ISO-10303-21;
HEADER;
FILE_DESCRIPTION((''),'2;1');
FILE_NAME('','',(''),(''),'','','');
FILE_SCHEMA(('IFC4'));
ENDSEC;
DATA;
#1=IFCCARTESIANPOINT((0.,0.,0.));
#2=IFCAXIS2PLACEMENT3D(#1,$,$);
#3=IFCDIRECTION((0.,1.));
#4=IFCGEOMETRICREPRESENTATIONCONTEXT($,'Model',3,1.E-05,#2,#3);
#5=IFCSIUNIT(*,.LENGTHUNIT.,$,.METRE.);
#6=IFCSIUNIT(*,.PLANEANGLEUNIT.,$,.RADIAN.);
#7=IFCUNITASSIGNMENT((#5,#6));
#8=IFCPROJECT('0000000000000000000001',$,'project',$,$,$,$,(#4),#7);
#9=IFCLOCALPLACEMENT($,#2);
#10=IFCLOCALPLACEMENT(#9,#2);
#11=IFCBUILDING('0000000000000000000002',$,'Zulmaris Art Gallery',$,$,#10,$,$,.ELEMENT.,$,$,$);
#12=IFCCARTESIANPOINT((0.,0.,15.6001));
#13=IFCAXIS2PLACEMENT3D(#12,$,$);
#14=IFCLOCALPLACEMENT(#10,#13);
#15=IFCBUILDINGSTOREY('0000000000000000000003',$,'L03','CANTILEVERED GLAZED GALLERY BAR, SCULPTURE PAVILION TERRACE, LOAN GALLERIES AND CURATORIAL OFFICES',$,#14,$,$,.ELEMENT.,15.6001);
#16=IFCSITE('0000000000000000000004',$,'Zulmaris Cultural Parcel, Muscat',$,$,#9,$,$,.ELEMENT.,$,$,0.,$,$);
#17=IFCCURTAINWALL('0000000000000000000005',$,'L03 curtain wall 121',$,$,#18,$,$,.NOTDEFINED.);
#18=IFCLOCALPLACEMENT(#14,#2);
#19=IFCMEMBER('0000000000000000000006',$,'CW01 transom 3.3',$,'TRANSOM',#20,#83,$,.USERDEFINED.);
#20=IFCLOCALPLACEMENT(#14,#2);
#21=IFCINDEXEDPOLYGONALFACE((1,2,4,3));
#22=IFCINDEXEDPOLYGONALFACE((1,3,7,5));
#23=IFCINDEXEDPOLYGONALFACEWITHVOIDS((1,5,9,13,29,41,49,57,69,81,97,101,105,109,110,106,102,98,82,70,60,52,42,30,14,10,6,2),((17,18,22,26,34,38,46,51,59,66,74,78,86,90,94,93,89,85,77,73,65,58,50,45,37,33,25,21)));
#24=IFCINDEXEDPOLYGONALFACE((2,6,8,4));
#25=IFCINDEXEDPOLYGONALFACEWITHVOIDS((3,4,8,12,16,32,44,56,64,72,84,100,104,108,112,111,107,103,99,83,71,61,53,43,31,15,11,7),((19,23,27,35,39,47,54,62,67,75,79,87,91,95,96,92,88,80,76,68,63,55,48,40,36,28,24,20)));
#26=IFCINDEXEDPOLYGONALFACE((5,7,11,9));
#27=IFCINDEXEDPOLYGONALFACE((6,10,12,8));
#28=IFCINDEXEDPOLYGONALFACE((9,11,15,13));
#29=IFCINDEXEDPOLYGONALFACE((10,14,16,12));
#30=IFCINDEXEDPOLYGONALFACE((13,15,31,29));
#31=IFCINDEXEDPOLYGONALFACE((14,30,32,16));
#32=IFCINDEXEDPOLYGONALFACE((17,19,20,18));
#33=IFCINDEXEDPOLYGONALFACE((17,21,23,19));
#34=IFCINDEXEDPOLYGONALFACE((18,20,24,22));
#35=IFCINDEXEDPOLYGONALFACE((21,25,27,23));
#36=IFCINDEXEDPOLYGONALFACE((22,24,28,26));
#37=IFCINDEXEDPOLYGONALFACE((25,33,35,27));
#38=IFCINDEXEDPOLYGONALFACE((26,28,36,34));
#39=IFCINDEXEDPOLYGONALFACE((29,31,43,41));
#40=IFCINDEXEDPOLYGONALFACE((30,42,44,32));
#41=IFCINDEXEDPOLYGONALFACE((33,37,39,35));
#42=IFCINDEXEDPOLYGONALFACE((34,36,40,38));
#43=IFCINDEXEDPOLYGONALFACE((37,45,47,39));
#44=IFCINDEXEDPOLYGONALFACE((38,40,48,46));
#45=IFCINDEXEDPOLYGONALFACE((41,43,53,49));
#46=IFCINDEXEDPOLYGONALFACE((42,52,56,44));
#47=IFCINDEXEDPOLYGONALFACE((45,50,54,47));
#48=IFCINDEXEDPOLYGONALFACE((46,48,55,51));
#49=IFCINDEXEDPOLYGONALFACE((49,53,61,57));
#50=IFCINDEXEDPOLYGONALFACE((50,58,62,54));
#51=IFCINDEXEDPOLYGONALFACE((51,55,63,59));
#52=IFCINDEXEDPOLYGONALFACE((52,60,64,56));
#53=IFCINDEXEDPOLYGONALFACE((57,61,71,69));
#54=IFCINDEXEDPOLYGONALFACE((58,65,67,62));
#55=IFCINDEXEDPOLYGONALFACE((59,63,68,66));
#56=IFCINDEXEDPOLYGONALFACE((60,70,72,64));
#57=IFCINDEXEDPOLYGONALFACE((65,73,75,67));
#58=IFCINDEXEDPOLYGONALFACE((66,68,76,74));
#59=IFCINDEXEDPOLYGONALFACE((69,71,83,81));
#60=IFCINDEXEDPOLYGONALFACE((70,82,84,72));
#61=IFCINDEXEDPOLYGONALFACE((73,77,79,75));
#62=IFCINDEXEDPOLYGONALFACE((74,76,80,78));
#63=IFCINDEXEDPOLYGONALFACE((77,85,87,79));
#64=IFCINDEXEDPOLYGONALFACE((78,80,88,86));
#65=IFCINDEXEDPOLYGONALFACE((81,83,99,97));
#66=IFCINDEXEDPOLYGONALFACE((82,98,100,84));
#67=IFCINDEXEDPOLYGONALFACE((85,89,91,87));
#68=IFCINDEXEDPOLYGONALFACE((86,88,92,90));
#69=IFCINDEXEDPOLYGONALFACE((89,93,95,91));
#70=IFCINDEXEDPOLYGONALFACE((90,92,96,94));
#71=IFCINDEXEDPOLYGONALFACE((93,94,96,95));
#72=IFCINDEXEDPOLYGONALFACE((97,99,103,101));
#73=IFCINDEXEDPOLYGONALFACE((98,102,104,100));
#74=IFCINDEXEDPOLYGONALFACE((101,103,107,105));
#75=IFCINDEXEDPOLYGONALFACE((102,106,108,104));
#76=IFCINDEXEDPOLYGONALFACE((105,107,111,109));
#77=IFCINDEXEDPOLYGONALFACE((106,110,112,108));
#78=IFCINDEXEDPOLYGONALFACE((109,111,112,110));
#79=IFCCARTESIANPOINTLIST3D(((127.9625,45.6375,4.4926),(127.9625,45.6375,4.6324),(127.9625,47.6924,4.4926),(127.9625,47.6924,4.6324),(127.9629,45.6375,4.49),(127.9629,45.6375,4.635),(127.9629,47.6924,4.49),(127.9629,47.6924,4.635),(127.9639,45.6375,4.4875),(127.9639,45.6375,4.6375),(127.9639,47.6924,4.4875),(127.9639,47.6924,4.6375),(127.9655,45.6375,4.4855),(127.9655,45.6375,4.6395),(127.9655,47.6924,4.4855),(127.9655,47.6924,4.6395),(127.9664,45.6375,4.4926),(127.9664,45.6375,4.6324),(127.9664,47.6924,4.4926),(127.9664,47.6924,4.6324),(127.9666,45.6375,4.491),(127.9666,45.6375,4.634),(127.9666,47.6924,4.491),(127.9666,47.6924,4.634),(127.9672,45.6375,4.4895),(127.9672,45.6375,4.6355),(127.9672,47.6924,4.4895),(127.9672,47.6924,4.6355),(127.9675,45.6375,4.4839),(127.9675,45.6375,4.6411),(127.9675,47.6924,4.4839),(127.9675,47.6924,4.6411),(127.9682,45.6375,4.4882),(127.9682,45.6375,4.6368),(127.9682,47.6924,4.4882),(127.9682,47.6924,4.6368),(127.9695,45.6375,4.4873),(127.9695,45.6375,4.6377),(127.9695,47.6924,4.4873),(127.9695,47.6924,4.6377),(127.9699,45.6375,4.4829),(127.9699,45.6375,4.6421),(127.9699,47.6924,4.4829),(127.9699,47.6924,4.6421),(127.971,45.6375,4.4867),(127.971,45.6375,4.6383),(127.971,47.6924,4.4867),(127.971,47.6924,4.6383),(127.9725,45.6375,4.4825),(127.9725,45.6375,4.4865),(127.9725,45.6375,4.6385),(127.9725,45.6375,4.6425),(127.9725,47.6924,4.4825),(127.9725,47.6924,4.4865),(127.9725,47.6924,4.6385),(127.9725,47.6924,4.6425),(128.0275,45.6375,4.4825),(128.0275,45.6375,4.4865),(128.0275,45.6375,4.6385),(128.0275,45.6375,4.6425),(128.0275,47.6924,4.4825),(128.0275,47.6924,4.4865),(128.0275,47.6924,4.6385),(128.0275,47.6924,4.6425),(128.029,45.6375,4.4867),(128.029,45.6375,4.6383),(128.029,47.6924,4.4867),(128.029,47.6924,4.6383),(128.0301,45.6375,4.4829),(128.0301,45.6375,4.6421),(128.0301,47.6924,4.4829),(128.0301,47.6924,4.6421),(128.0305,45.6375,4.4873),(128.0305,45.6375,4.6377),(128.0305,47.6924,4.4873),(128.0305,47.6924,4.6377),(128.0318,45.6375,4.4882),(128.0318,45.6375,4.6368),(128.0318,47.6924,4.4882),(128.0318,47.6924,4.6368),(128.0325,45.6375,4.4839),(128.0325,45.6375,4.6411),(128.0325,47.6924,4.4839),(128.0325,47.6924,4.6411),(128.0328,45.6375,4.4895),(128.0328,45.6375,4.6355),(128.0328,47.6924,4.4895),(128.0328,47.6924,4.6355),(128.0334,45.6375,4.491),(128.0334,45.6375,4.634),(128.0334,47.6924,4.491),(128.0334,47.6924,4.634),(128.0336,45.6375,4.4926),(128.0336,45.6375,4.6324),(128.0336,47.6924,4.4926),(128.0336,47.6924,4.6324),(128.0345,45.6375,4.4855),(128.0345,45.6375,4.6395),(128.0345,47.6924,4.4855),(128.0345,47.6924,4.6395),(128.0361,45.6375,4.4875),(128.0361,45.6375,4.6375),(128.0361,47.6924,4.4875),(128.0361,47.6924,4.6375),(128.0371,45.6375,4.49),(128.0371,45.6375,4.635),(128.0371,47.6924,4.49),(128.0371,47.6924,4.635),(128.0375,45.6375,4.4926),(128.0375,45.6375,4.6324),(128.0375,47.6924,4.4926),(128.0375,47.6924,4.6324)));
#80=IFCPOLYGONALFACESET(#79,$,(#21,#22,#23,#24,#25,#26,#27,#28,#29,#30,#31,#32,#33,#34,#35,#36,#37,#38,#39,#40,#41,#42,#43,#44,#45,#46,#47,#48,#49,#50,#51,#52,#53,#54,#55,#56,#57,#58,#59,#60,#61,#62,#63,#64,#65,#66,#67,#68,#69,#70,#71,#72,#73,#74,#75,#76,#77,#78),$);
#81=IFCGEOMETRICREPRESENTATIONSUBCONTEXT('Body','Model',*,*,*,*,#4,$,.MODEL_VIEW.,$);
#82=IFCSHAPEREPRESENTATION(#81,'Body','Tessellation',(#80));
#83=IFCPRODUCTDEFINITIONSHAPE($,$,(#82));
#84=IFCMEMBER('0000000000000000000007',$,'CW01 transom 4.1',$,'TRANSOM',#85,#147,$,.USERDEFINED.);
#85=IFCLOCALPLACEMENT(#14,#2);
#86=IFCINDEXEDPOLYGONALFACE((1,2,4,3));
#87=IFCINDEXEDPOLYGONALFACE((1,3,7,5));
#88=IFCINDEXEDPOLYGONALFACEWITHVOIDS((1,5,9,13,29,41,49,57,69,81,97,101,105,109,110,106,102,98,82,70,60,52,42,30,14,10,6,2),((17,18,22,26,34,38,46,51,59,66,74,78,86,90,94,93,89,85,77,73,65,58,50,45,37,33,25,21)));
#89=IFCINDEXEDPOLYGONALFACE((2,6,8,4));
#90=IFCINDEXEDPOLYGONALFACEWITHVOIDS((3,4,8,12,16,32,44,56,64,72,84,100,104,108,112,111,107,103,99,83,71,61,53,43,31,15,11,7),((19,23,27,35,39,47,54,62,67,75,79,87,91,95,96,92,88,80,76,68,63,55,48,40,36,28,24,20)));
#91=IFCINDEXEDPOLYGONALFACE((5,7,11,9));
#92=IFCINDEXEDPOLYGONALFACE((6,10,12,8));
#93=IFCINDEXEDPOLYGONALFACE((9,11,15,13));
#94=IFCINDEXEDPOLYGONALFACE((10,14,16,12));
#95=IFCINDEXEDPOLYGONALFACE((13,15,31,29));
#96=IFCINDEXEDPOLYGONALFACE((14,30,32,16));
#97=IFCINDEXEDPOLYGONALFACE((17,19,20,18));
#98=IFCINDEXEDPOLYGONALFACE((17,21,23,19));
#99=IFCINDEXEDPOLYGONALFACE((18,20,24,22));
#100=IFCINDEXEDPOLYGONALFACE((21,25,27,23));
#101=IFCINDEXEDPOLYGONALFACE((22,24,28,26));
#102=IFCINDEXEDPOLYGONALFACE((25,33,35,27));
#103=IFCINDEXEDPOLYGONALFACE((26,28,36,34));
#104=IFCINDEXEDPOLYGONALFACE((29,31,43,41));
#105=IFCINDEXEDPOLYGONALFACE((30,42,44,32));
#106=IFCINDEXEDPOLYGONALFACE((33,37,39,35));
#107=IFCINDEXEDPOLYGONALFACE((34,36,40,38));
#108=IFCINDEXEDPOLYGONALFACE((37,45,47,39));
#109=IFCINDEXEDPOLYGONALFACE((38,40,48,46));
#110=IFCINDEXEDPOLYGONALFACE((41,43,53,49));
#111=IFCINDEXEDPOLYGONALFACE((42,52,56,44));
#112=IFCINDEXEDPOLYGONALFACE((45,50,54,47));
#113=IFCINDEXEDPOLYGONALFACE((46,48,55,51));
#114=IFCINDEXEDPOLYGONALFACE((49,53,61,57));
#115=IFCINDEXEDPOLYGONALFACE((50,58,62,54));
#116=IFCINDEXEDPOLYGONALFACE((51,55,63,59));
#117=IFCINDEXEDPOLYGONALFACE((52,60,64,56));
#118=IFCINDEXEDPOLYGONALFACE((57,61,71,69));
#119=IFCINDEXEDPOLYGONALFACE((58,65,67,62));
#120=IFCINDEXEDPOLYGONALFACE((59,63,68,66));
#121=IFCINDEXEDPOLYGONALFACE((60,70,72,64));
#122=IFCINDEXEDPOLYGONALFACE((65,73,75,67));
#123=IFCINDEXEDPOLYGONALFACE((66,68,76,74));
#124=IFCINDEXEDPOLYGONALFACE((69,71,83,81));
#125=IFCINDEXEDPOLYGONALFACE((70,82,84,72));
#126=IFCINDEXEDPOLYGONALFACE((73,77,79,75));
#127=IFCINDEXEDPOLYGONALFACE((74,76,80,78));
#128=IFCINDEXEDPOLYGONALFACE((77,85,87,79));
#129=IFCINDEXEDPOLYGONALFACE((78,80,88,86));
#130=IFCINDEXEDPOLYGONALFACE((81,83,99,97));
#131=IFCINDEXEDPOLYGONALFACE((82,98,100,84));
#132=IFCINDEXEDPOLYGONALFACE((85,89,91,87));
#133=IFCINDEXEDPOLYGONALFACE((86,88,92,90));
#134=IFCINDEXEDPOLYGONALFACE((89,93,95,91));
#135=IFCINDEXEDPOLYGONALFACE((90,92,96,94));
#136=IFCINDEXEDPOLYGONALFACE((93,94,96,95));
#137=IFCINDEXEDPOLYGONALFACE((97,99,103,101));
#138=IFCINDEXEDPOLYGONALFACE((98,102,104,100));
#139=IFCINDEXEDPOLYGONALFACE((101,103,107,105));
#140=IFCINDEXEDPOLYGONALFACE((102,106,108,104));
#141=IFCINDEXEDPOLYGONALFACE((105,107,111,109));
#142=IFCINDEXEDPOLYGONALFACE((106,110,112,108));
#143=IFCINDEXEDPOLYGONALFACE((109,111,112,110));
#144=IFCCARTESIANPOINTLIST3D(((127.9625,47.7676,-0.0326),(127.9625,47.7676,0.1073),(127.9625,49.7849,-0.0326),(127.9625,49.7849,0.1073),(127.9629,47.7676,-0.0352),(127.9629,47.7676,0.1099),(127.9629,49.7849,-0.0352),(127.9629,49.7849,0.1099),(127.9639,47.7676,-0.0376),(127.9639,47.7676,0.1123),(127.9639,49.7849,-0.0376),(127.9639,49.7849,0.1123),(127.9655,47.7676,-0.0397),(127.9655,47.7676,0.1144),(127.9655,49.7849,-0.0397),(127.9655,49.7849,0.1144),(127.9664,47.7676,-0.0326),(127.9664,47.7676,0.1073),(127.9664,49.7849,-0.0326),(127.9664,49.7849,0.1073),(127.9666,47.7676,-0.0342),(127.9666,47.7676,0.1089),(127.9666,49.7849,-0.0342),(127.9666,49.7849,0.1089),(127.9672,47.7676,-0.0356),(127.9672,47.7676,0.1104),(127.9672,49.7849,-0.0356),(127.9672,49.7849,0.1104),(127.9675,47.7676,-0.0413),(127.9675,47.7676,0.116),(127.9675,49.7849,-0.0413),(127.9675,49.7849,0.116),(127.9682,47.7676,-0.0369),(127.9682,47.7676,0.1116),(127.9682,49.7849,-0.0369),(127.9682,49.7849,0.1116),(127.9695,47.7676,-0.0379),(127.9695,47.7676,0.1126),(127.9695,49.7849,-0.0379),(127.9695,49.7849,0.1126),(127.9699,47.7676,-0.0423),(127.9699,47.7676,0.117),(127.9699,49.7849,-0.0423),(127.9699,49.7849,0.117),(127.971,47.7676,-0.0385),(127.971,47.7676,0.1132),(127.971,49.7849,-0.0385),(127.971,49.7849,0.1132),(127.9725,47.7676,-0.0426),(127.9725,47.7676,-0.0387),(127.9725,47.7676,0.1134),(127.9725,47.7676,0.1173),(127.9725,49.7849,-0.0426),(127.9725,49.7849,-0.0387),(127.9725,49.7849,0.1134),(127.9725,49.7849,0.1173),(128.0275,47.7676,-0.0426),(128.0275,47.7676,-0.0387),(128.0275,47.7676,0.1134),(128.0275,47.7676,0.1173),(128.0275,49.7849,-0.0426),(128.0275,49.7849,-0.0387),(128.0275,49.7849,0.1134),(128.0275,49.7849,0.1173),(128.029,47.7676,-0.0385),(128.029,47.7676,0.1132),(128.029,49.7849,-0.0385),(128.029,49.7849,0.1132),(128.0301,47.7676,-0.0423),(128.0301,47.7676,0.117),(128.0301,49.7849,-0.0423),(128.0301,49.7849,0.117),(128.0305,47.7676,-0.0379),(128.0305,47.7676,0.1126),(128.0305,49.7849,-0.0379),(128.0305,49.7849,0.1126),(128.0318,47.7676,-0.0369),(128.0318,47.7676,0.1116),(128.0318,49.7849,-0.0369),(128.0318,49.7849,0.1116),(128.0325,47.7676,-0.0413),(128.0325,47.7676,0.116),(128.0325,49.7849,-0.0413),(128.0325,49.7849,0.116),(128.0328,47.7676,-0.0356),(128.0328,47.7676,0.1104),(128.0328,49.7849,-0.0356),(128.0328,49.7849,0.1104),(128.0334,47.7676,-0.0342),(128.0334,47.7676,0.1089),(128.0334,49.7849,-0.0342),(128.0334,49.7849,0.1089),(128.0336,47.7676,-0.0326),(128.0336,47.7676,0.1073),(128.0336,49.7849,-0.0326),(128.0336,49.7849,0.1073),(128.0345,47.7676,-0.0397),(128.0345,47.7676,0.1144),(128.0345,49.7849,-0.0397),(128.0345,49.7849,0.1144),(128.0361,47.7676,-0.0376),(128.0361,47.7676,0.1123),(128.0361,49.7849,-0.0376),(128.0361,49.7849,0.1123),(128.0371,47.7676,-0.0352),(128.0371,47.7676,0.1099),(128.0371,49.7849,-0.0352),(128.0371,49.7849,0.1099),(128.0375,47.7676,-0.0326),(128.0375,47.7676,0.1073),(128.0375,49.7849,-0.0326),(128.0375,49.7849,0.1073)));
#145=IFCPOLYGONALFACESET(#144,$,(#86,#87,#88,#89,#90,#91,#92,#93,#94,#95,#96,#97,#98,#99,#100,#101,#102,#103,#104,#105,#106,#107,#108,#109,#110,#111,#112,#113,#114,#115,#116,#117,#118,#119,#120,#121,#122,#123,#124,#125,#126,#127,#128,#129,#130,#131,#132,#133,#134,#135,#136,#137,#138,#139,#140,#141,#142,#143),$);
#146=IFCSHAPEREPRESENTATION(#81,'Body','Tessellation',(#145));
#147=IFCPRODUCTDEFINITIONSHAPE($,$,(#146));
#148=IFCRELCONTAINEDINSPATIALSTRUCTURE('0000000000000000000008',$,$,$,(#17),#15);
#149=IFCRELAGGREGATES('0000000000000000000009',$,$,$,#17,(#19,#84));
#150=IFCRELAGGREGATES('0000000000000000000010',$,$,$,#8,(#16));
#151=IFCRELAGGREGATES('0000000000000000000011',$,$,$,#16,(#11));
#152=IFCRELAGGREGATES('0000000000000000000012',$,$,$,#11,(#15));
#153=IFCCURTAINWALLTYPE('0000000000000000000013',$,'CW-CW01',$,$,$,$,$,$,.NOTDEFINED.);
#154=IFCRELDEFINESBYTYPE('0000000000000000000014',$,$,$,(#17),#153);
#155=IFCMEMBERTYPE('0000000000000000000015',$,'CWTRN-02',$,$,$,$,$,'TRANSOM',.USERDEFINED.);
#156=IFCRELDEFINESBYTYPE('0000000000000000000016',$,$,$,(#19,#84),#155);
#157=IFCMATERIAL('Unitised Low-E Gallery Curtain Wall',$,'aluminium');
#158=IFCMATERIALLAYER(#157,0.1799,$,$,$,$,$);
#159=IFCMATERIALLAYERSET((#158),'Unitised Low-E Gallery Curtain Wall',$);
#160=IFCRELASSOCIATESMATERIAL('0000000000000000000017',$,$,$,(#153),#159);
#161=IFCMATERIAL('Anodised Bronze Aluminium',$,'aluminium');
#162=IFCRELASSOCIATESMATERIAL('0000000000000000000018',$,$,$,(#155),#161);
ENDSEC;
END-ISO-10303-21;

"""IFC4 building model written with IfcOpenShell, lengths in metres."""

from ifc_helpers import new_model, si_unit, direction, frame, origin, origin_2d, place, context, subcontext, project, spatial, hollow_rectangle, extrude, material, layer, layer_set, material_profile, profile_set, type_object, element, aggregate, save


model = new_model("IFC4")

# Units and contexts
model_context = context("Model", 3, precision=1e-05, world=origin(), true_north=direction((0.0, 1.0)))
body_context = subcontext(model_context, "Body", "Model", "MODEL_VIEW")
ifc_project = project(units=[si_unit("LENGTHUNIT", "METRE"), si_unit("PLANEANGLEUNIT", "RADIAN")], contexts=[model_context])

# Site, building, storey
site_placement = place(None, origin())
site = spatial("IfcSite", under=ifc_project, at=site_placement, Name="Zulmaris Cultural Parcel, Muscat", CompositionType="ELEMENT", RefElevation=0.0)
building_placement = place(site_placement, origin())
building = spatial("IfcBuilding", under=site, at=building_placement, Name="Zulmaris Art Gallery", CompositionType="ELEMENT")
storey_placement = place(building_placement, frame((0.0, 0.0, 15.6001)))
storey = spatial("IfcBuildingStorey", under=building, at=storey_placement, Name="L03", Description="CANTILEVERED GLAZED GALLERY BAR, SCULPTURE PAVILION TERRACE, LOAN GALLERIES AND CURATORIAL OFFICES", CompositionType="ELEMENT", Elevation=15.6001)

# Curtain wall
ifc_material_1 = material(Name="Unitised Low-E Gallery Curtain Wall", Category="aluminium")
ifc_layer_1 = layer(ifc_material_1, 0.1799)
ifc_layer_set_1 = layer_set([ifc_layer_1], Name="Unitised Low-E Gallery Curtain Wall")
curtain_wall_type = type_object("IfcCurtainWallType", Name="CW-CW01", PredefinedType="NOTDEFINED", material=ifc_layer_set_1)
curtain_wall_1_placement = place(storey_placement, origin())
curtain_wall_1 = element("IfcCurtainWall", 1, at=curtain_wall_1_placement, inside=storey, type_object=curtain_wall_type, Name="L03 curtain wall 121", PredefinedType="NOTDEFINED")
ifc_material_2 = material(Name="Anodised Bronze Aluminium", Category="aluminium")
ifc_material_profile_1 = material_profile(ifc_material_2, hollow_rectangle(XDim=0.075, YDim=0.1599, WallThickness=0.0039, InnerFilletRadius=0.0061, OuterFilletRadius=0.01, at=origin_2d()), Name="ALU 75x160x4")
ifc_profile_set_1 = profile_set([ifc_material_profile_1], Name="Anodised Bronze Aluminium")
member_type_1 = type_object("IfcMemberType", Name="CWTRN-02", ElementType="TRANSOM", PredefinedType="USERDEFINED", material=ifc_profile_set_1)

# Members
member_1_placement = place(storey_placement, frame((128.0, 45.6375, 4.5625), z_axis=(0.0, 1.0, 0.0), x_axis=(-1.0, 0.0, 0.0)))
member_1 = element("IfcMember", 2, at=member_1_placement, type_object=member_type_1, Name="CW01 transom 3.3", ObjectType="TRANSOM", PredefinedType="USERDEFINED", context=body_context, shape_type="SweptSolid", body=[
    extrude(hollow_rectangle(XDim=0.075, YDim=0.1599, WallThickness=0.0039, InnerFilletRadius=0.0061, OuterFilletRadius=0.01, at=origin_2d()), origin(), (0.0, 0.0, 1.0), 2.0549),
])
member_2_placement = place(storey_placement, frame((128.0, 47.7676, 0.0374), z_axis=(0.0, 1.0, 0.0), x_axis=(-1.0, 0.0, 0.0)))
member_2 = element("IfcMember", 3, at=member_2_placement, type_object=member_type_1, Name="CW01 transom 4.1", ObjectType="TRANSOM", PredefinedType="USERDEFINED", context=body_context, shape_type="SweptSolid", body=[
    extrude(hollow_rectangle(XDim=0.075, YDim=0.1599, WallThickness=0.0039, InnerFilletRadius=0.0061, OuterFilletRadius=0.01, at=origin_2d()), origin(), (0.0, 0.0, 1.0), 2.0173),
])

aggregate(curtain_wall_1, [member_1, member_2])

save(model, "model.ifc")
